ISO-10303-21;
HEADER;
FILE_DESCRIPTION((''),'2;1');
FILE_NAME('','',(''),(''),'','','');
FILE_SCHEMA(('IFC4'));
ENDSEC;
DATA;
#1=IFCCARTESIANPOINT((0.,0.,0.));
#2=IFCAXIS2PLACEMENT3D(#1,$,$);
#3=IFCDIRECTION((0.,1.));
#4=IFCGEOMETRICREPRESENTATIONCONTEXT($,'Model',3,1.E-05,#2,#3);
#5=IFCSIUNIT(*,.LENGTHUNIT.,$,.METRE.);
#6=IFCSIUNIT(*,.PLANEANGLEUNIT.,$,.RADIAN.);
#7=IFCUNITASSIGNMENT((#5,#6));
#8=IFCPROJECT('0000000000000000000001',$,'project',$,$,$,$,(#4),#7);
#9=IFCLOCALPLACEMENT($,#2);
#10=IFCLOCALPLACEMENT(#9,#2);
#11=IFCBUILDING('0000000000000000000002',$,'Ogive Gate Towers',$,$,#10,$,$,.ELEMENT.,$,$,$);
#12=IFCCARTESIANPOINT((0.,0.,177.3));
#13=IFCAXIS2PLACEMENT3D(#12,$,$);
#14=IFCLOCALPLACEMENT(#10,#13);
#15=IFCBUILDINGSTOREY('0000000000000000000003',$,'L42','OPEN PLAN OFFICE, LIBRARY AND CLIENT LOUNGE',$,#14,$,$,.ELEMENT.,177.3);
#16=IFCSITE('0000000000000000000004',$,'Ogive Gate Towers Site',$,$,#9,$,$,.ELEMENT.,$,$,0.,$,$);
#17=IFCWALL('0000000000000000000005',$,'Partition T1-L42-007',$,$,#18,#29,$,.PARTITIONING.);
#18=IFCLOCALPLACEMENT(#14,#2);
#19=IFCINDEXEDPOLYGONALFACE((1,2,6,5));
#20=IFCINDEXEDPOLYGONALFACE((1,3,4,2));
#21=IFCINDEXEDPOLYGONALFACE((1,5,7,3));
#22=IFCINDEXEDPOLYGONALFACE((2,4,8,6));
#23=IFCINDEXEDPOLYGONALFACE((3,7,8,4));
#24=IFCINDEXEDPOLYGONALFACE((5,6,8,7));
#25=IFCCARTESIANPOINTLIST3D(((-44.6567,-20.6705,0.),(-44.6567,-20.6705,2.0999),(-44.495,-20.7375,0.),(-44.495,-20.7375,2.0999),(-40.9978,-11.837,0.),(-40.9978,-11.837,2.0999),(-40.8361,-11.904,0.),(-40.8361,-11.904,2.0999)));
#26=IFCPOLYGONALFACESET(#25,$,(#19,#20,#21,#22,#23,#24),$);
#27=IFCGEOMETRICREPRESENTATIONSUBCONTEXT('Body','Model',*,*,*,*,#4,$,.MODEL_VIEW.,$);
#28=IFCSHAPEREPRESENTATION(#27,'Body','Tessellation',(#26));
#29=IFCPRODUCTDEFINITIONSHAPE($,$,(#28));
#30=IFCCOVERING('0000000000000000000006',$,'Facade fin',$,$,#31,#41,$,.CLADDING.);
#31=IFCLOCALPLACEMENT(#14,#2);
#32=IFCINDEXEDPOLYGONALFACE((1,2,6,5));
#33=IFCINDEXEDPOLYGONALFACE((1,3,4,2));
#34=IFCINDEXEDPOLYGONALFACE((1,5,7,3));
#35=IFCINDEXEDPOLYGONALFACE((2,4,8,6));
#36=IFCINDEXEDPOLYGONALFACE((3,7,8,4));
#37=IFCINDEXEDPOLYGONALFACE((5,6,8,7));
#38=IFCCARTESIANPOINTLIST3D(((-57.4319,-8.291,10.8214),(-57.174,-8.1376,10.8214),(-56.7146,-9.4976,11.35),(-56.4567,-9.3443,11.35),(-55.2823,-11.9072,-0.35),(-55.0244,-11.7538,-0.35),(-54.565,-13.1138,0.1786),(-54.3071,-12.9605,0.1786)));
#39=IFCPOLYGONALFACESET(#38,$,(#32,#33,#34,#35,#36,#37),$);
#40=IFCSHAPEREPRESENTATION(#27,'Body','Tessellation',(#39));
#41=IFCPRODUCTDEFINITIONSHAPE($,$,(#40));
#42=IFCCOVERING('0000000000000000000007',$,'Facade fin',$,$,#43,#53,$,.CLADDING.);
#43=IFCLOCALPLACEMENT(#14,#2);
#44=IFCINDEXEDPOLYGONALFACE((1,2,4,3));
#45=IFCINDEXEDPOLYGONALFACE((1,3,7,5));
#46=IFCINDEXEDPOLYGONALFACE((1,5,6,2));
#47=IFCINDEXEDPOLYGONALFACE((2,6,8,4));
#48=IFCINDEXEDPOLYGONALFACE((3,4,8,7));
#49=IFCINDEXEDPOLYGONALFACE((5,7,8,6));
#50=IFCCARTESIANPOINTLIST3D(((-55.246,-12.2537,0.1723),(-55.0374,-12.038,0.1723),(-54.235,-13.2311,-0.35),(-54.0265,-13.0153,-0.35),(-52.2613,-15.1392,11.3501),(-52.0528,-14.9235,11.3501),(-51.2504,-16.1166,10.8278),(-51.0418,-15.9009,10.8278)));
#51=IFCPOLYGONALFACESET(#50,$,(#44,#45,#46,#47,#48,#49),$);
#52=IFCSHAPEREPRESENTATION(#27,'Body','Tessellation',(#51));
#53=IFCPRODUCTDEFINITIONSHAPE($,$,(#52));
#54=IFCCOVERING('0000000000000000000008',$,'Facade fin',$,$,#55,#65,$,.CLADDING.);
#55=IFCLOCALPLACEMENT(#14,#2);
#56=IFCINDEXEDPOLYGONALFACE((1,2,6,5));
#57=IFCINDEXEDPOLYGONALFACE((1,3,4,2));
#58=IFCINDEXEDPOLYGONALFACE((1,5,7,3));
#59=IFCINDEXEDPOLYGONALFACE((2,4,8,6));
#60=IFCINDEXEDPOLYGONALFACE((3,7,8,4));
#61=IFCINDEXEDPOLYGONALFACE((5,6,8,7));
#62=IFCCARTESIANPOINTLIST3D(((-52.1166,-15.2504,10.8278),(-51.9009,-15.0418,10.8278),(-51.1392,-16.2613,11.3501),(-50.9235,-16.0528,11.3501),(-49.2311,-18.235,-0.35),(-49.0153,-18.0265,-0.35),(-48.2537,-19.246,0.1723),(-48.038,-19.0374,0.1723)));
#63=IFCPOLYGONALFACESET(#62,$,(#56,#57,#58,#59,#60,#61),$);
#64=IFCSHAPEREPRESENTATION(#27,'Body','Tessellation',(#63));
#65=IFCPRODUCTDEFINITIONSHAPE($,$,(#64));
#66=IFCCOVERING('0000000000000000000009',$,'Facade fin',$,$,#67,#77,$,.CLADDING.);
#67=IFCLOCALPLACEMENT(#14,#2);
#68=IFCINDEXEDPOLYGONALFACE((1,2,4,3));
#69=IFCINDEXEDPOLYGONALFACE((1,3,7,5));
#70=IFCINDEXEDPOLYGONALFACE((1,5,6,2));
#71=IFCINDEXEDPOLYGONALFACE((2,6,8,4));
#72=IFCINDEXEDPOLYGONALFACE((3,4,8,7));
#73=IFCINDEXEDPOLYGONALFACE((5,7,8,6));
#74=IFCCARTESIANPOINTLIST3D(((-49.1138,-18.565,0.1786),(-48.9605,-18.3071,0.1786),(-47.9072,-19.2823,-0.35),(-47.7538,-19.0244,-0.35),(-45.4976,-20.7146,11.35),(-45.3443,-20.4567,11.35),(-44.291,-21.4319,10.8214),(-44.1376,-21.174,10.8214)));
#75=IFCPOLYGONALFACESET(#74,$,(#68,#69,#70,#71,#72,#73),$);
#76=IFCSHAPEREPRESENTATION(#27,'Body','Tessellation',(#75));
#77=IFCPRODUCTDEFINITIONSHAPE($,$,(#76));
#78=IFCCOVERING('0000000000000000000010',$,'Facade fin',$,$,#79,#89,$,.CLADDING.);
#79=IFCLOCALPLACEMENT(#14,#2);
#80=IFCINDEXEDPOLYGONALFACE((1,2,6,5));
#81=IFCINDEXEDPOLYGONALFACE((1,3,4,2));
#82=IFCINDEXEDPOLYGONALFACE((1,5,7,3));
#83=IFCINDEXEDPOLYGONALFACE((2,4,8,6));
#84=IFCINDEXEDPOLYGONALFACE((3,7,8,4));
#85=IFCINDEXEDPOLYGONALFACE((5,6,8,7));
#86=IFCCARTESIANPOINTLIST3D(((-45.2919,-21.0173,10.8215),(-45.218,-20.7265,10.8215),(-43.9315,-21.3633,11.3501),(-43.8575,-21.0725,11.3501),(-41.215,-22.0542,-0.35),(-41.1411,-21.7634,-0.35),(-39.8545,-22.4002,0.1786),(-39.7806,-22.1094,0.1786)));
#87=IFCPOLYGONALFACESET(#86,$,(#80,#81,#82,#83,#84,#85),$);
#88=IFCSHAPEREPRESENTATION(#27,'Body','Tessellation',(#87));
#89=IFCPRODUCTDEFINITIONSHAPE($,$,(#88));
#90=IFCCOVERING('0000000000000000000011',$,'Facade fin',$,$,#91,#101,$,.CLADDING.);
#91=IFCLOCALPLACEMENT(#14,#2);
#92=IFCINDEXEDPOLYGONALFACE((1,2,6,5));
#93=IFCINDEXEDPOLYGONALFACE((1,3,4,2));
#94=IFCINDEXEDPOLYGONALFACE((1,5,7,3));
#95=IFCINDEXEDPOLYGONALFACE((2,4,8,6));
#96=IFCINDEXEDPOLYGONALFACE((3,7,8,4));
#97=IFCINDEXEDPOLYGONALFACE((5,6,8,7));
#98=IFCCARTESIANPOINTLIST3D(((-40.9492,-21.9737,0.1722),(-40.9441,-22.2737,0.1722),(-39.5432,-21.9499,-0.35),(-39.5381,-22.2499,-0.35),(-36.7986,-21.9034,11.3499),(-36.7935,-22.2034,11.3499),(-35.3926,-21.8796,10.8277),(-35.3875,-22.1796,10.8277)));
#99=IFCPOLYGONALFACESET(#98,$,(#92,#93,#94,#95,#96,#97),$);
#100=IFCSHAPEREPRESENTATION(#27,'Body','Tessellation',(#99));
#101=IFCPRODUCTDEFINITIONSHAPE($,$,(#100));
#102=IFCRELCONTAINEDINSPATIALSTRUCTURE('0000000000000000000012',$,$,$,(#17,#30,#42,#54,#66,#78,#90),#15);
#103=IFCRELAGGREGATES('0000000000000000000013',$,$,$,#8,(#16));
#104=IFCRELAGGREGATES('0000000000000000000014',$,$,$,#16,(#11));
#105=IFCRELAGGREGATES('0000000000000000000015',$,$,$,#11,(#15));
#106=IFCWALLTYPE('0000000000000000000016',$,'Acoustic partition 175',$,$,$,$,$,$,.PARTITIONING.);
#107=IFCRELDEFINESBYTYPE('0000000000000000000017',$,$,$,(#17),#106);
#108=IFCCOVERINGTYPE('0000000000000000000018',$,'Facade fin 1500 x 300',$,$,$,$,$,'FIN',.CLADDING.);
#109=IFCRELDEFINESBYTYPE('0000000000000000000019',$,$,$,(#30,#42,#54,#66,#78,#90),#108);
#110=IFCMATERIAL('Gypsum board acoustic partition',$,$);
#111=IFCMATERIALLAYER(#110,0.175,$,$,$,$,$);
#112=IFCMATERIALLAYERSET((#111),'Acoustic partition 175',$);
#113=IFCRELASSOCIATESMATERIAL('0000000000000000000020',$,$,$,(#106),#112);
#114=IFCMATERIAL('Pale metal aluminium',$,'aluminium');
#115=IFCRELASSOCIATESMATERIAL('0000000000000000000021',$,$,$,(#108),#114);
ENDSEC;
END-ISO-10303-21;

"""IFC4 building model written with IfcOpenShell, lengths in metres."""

from ifc_helpers import new_model, si_unit, direction, frame, frame_2d, origin, origin_2d, place, context, subcontext, project, spatial, rectangle, extrude, material, layer, layer_set, material_profile, profile_set, type_object, element, save


model = new_model("IFC4")

# Units and contexts
model_context = context("Model", 3, precision=1e-05, world=origin(), true_north=direction((0.0, 1.0)))
body_context = subcontext(model_context, "Body", "Model", "MODEL_VIEW")
ifc_project = project(units=[si_unit("LENGTHUNIT", "METRE"), si_unit("PLANEANGLEUNIT", "RADIAN")], contexts=[model_context])

# Site, building, storey
site_placement = place(None, origin())
site = spatial("IfcSite", under=ifc_project, at=site_placement, Name="Ogive Gate Towers Site", CompositionType="ELEMENT", RefElevation=0.0)
building_placement = place(site_placement, origin())
building = spatial("IfcBuilding", under=site, at=building_placement, Name="Ogive Gate Towers", CompositionType="ELEMENT")
storey_placement = place(building_placement, frame((0.0, 0.0, 177.3)))
storey = spatial("IfcBuildingStorey", under=building, at=storey_placement, Name="L42", Description="OPEN PLAN OFFICE, LIBRARY AND CLIENT LOUNGE", CompositionType="ELEMENT", Elevation=177.3)

# Shared definitions
ifc_material_1 = material(Name="Pale metal aluminium", Category="aluminium")

# Wall
ifc_material_2 = material(Name="Gypsum board acoustic partition")
ifc_layer_1 = layer(ifc_material_2, 0.175)
ifc_layer_set_1 = layer_set([ifc_layer_1], Name="Acoustic partition 175")
wall_type = type_object("IfcWallType", Name="Acoustic partition 175", PredefinedType="PARTITIONING", material=ifc_layer_set_1)
wall_placement = place(storey_placement, frame((-44.5759, -20.7041, 0.0), z_axis=(0.0, 0.0, 1.0), x_axis=(0.382682, 0.92388, 0.0)))
element("IfcWall", 1, at=wall_placement, inside=storey, type_object=wall_type, Name="Partition T1-L42-007", PredefinedType="PARTITIONING", context=body_context, shape_type="SweptSolid", body=[
    extrude(rectangle(XDim=9.5613, YDim=0.175, at=frame_2d((4.7808, 0.0))), origin(), (0.0, 0.0, 1.0), 2.0999),
])

# Coverings
ifc_material_profile_1 = material_profile(ifc_material_1, rectangle(XDim=0.3, YDim=1.5, at=origin_2d()), Name="1500 x 300 pale metal aluminium")
ifc_profile_set_1 = profile_set([ifc_material_profile_1], Name="Pale metal aluminium")
covering_type = type_object("IfcCoveringType", Name="Facade fin 1500 x 300", ElementType="FIN", PredefinedType="CLADDING", material=ifc_profile_set_1)
covering_1_placement = place(storey_placement, frame((-54.7947, -12.4338, -0.0857), z_axis=(-0.18008, 0.302935, 0.935843), x_axis=(-0.85959, -0.510984, 0.0)))
element("IfcCovering", 2, at=covering_1_placement, inside=storey, type_object=covering_type, Name="Facade fin", PredefinedType="CLADDING", context=body_context, shape_type="SweptSolid", body=[
    extrude(rectangle(XDim=0.3, YDim=1.5, at=origin_2d()), origin(), (0.0, 0.0, 1.0), 11.9373),
])
for number, where, z_axis, x_axis, name in (
    (3, (-54.6362, -12.6345, -0.0889), (0.250309, -0.241996, 0.937435), (0.695068, 0.718944, 0.0), "Facade fin"),
    (4, (-48.6345, -18.6362, -0.0889), (-0.241996, 0.250309, 0.937435), (-0.718944, -0.695068, 0.0), "Facade fin"),
):
    element("IfcCovering", number, at=place(storey_placement, frame(where, z_axis=z_axis, x_axis=x_axis)), inside=storey, type_object=covering_type, Name=name, PredefinedType="CLADDING", context=body_context, shape_type="SweptSolid", body=[
        extrude(rectangle(XDim=0.3, YDim=1.5, at=origin_2d()), origin(), (0.0, 0.0, 1.0), 11.9238),
    ])
for number, where, z_axis, x_axis, name in (
    (5, (-48.4338, -18.7947, -0.0857), (0.302935, -0.18008, 0.935843), (0.510984, 0.85959, 0.0), "Facade fin"),
    (6, (-40.4978, -22.0818, -0.0857), (-0.34153, 0.08686, 0.935849), (-0.24648, -0.969148, 0.0), "Facade fin"),
):
    element("IfcCovering", number, at=place(storey_placement, frame(where, z_axis=z_axis, x_axis=x_axis)), inside=storey, type_object=covering_type, Name=name, PredefinedType="CLADDING", context=body_context, shape_type="SweptSolid", body=[
        extrude(rectangle(XDim=0.3, YDim=1.5, at=origin_2d()), origin(), (0.0, 0.0, 1.0), 11.9373),
    ])
covering_2_placement = place(storey_placement, frame((-40.2437, -22.1118, -0.0889), z_axis=(0.3481, 0.005897, 0.937439), x_axis=(-0.016938, 0.999857, 0.0)))
element("IfcCovering", 7, at=covering_2_placement, inside=storey, type_object=covering_type, Name="Facade fin", PredefinedType="CLADDING", context=body_context, shape_type="SweptSolid", body=[
    extrude(rectangle(XDim=0.3, YDim=1.5, at=origin_2d()), origin(), (0.0, 0.0, 1.0), 11.9236),
])

save(model, "model.ifc")
